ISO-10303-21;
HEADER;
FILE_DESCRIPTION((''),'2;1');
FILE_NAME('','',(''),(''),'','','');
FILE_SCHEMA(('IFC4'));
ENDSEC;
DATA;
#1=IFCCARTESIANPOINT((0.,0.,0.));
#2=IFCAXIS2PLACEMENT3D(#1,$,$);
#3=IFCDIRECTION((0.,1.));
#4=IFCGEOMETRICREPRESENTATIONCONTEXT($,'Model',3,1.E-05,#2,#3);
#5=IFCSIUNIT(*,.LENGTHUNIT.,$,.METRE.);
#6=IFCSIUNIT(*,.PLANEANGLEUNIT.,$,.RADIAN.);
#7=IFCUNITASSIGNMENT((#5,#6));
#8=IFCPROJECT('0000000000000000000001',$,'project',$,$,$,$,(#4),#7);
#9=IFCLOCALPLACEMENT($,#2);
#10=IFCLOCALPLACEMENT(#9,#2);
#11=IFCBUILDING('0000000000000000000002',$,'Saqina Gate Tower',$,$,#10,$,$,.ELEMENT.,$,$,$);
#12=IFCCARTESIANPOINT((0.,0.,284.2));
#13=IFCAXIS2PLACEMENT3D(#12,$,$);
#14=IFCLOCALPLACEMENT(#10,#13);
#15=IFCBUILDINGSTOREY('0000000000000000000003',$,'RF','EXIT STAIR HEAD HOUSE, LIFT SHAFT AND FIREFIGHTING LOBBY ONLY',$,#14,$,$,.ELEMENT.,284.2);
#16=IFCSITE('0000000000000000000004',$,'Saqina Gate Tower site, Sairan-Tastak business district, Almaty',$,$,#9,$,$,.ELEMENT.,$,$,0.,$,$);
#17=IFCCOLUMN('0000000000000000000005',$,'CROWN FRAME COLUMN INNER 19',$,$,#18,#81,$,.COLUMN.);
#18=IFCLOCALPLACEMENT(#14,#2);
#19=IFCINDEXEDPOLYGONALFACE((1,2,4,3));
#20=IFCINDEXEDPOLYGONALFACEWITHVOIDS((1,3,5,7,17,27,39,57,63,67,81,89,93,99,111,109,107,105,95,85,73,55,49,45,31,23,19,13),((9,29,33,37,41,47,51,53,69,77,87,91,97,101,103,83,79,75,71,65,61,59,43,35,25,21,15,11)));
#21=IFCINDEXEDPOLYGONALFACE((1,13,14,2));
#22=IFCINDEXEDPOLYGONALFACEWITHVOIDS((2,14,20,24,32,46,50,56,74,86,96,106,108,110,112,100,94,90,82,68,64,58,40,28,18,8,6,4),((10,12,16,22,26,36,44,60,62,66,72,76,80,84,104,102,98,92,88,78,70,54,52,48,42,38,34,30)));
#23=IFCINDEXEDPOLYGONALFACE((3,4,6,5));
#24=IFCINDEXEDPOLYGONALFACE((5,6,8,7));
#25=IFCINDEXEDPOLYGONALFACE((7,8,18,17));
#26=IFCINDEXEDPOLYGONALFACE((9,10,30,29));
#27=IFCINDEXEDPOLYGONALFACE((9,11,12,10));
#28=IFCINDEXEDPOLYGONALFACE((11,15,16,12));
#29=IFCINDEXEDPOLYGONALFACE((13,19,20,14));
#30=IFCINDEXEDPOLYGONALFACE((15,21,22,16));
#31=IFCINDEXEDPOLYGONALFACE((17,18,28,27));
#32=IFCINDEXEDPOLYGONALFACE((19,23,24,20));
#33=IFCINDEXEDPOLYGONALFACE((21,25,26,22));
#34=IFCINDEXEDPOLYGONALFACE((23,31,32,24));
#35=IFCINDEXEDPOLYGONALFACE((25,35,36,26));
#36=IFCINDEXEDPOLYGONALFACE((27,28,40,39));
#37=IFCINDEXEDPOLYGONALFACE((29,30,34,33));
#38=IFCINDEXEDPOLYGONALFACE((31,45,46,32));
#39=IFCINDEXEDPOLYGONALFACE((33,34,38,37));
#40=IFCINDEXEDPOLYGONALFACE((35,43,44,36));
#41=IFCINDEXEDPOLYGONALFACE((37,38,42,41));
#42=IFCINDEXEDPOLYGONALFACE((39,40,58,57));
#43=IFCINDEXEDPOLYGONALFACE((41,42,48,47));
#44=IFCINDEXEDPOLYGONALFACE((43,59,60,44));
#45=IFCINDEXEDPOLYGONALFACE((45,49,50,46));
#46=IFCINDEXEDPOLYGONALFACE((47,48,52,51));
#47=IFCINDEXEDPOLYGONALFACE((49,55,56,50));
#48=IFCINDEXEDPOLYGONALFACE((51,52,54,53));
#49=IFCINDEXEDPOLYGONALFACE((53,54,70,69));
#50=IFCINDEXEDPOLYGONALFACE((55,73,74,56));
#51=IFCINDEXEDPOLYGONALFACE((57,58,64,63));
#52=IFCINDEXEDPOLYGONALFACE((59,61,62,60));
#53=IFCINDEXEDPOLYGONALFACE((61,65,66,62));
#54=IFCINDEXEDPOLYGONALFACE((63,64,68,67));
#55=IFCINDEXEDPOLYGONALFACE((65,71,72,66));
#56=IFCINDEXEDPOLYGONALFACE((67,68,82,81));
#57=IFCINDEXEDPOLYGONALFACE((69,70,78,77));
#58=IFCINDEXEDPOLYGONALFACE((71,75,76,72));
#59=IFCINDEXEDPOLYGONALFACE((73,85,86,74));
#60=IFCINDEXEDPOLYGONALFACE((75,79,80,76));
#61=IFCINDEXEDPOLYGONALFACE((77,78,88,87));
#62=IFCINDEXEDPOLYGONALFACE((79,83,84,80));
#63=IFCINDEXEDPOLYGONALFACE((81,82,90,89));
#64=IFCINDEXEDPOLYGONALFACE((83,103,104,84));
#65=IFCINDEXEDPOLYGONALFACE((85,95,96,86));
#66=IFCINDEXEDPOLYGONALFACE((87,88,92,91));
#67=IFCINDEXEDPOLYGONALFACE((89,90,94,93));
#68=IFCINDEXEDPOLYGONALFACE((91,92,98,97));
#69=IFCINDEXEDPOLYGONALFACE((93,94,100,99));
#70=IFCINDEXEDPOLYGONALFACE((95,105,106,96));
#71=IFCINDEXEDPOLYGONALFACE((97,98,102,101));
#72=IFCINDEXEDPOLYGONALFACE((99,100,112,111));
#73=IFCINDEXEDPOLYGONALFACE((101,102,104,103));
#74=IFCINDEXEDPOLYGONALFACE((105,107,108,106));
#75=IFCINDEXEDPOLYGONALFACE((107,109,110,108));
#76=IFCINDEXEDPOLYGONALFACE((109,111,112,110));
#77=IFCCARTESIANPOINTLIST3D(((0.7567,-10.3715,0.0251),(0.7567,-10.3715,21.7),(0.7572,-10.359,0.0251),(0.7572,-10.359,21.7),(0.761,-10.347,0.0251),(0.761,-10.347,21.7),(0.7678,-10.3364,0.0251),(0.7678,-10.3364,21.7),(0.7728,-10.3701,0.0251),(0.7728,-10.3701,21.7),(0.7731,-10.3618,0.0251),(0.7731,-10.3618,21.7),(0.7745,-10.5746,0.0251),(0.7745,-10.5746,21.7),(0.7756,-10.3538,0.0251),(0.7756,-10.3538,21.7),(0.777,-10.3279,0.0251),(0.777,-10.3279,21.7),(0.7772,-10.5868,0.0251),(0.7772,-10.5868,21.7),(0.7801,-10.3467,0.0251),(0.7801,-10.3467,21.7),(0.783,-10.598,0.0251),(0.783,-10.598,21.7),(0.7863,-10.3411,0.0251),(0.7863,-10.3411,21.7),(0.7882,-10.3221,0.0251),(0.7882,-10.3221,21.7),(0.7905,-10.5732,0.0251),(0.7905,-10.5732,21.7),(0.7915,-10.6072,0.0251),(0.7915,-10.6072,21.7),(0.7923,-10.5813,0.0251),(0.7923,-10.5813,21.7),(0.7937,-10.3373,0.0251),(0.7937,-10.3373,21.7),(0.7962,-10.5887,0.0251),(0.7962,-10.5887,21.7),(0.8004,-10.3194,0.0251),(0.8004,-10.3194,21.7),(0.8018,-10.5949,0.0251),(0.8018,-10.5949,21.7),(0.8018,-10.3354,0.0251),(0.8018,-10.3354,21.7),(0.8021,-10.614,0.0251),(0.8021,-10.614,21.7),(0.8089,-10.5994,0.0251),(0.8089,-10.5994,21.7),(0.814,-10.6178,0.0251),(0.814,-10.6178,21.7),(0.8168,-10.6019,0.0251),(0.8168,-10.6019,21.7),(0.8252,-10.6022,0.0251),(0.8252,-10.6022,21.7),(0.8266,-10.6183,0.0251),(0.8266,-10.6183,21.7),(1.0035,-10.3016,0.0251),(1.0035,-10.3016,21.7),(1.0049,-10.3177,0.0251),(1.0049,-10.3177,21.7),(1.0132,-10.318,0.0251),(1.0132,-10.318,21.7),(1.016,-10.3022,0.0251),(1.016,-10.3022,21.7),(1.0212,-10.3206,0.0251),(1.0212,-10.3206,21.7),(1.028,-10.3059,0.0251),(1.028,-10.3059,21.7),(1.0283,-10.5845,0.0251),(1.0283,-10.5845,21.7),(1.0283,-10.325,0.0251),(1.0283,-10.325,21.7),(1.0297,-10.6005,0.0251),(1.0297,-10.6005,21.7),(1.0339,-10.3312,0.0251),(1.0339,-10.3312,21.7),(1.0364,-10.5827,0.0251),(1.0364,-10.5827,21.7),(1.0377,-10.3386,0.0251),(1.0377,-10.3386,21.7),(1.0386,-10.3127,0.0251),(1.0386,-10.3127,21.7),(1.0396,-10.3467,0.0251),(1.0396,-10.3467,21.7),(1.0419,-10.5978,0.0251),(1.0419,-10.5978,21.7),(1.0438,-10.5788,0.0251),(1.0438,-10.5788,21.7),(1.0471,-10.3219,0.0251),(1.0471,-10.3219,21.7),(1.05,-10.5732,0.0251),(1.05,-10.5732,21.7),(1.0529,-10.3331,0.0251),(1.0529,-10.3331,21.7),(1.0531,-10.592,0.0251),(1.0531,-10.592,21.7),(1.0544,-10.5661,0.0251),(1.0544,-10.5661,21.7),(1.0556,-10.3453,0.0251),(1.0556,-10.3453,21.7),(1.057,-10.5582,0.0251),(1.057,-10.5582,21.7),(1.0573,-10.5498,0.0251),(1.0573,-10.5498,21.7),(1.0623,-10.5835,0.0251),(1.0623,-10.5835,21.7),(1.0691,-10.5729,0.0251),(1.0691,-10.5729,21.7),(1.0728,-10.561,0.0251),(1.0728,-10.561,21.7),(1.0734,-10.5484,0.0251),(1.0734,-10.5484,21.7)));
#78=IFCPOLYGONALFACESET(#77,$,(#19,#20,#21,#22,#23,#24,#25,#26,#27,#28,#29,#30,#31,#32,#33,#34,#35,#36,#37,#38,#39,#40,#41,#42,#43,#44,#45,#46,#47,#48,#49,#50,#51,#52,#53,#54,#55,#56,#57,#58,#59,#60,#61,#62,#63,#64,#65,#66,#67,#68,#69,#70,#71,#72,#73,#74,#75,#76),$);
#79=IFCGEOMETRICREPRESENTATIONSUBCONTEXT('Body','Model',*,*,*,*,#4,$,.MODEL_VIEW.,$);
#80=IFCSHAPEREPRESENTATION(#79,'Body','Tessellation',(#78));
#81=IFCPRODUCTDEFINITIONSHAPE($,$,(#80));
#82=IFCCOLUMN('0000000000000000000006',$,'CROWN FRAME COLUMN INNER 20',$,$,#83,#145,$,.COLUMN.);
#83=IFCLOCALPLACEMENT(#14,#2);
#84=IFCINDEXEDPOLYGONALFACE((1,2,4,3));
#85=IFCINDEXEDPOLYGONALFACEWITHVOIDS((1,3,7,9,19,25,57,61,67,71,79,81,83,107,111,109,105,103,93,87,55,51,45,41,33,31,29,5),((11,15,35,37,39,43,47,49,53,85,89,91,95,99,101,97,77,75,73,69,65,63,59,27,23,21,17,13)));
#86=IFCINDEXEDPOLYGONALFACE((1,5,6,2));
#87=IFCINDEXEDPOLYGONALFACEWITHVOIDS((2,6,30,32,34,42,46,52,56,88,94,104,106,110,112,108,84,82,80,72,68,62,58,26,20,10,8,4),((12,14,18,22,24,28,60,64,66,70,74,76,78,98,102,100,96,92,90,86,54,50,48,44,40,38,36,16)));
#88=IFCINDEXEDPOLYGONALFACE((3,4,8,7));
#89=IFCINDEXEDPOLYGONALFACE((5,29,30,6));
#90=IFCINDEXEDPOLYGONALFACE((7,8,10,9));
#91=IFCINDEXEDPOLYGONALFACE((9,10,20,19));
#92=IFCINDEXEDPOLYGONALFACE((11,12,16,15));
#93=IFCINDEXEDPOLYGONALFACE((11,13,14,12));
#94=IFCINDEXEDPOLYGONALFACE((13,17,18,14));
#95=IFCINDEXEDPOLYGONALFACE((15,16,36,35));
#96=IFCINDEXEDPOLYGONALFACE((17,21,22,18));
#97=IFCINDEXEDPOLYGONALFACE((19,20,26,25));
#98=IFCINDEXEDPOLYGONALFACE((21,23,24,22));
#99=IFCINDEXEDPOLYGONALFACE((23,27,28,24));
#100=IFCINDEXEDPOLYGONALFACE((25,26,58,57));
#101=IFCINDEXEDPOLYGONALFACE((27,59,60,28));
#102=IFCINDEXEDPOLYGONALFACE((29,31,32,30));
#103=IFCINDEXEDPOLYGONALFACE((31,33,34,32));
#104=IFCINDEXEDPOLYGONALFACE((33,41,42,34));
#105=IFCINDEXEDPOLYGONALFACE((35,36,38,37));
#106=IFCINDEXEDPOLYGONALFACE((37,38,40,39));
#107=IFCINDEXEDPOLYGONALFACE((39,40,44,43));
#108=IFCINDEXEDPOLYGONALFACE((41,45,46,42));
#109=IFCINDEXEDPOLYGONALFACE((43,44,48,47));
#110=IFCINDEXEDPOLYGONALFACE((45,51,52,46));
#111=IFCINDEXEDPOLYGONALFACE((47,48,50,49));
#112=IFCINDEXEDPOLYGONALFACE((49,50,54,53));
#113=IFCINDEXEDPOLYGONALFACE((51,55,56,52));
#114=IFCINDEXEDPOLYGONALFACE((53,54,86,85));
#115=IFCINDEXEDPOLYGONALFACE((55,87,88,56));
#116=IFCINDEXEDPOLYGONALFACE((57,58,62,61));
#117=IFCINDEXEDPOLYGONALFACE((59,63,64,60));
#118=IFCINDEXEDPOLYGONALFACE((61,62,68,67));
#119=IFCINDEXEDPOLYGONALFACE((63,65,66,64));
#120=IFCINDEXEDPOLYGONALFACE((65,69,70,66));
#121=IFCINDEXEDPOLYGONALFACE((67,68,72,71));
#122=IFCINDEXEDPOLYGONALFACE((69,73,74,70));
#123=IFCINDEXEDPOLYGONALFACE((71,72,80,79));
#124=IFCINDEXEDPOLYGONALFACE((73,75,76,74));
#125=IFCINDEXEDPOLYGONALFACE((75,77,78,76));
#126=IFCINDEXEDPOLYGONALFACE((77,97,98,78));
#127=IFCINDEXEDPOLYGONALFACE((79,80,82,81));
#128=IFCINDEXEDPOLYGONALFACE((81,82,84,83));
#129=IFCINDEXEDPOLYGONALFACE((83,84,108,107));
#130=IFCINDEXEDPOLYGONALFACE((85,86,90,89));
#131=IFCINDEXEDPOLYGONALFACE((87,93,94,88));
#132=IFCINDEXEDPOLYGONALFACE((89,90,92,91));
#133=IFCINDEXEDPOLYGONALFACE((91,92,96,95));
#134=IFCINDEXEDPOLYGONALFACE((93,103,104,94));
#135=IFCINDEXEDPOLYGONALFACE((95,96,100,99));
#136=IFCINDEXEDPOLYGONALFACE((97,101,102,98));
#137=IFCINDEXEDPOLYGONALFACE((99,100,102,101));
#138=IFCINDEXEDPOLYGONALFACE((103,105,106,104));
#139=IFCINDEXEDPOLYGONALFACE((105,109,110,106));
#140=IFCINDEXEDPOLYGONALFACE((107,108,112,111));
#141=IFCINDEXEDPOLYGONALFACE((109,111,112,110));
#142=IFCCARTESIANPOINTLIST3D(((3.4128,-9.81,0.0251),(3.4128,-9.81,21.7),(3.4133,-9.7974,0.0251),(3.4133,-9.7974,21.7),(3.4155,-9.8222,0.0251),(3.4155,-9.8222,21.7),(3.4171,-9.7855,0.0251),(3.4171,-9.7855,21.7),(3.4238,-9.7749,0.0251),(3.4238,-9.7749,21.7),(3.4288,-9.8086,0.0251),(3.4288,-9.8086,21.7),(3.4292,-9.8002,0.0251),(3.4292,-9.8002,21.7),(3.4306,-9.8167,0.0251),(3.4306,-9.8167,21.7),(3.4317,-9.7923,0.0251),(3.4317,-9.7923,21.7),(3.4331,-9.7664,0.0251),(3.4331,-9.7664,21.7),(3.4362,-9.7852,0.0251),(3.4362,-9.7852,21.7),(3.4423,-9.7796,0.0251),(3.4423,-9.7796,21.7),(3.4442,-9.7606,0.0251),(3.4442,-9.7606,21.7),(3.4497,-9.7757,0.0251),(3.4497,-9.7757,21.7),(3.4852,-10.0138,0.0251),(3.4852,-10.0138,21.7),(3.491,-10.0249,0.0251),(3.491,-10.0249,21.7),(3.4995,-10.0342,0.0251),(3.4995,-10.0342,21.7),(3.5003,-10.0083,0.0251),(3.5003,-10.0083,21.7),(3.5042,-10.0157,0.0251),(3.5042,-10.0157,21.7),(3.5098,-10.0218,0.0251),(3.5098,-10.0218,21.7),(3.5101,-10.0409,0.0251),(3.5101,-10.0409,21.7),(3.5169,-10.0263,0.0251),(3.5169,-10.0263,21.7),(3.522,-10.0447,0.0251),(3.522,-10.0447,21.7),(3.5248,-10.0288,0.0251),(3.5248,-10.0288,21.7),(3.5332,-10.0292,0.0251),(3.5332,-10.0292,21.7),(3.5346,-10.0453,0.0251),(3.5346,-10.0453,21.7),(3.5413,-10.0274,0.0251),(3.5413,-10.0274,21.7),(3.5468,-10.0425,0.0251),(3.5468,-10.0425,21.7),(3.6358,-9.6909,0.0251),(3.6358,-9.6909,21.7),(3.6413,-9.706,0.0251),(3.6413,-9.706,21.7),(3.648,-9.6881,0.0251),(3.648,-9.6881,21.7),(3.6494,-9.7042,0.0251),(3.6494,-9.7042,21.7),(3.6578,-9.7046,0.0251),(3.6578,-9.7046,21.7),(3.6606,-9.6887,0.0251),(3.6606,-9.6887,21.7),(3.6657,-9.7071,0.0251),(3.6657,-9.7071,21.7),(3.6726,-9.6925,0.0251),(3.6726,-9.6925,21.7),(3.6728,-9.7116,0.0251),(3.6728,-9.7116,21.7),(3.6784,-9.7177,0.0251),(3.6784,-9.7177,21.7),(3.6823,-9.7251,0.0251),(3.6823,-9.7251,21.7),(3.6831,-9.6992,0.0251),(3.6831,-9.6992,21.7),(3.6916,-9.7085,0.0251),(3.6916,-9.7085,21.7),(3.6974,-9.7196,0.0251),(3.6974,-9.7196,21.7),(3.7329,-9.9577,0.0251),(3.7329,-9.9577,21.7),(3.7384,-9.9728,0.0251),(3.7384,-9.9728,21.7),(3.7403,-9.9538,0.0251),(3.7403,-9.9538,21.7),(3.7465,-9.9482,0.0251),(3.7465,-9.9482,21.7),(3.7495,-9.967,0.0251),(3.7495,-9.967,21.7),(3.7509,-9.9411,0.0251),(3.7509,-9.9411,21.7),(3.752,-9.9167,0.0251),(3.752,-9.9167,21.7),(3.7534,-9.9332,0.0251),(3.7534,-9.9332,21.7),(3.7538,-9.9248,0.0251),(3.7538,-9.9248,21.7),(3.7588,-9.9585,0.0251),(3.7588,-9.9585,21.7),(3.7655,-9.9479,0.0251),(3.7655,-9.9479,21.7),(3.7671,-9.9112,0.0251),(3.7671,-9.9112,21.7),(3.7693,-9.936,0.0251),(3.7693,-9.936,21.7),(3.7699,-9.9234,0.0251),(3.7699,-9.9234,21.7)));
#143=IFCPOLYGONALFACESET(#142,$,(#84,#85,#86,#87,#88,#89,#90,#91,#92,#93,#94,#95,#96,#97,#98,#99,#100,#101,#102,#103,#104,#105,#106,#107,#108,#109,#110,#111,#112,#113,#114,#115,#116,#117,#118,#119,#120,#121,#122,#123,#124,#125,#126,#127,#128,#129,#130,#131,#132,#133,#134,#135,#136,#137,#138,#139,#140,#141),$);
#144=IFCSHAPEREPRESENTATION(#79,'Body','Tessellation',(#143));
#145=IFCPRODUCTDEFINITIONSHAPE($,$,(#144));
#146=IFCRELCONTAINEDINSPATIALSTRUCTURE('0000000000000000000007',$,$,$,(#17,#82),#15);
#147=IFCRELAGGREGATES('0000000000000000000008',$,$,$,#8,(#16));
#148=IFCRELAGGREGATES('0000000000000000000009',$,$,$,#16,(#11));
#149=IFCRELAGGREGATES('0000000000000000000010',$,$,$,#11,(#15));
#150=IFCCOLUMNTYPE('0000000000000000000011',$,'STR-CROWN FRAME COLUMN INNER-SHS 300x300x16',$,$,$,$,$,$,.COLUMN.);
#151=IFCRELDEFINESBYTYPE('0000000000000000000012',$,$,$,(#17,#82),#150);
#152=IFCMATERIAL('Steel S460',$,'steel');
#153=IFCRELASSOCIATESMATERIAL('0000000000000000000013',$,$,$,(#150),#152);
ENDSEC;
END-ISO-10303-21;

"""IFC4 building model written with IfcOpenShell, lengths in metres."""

from ifc_helpers import new_model, si_unit, direction, frame, origin, origin_2d, place, context, subcontext, project, spatial, hollow_rectangle, extrude, material, material_profile, profile_set, type_object, element, save


model = new_model("IFC4")

# Units and contexts
model_context = context("Model", 3, precision=1e-05, world=origin(), true_north=direction((0.0, 1.0)))
body_context = subcontext(model_context, "Body", "Model", "MODEL_VIEW")
ifc_project = project(units=[si_unit("LENGTHUNIT", "METRE"), si_unit("PLANEANGLEUNIT", "RADIAN")], contexts=[model_context])

# Site, building, storey
site_placement = place(None, origin())
site = spatial("IfcSite", under=ifc_project, at=site_placement, Name="Saqina Gate Tower site, Sairan-Tastak business district, Almaty", CompositionType="ELEMENT", RefElevation=0.0)
building_placement = place(site_placement, origin())
building = spatial("IfcBuilding", under=site, at=building_placement, Name="Saqina Gate Tower", CompositionType="ELEMENT")
storey_placement = place(building_placement, frame((0.0, 0.0, 284.2)))
storey = spatial("IfcBuildingStorey", under=building, at=storey_placement, Name="RF", Description="EXIT STAIR HEAD HOUSE, LIFT SHAFT AND FIREFIGHTING LOBBY ONLY", CompositionType="ELEMENT", Elevation=284.2)

# Columns
ifc_material_1 = material(Name="Steel S460", Category="steel")
ifc_material_profile_1 = material_profile(ifc_material_1, hollow_rectangle(XDim=0.3, YDim=0.3, WallThickness=0.0161, InnerFilletRadius=0.032, OuterFilletRadius=0.0481, at=origin_2d()), Name="SHS 300x300x16")
ifc_profile_set_1 = profile_set([ifc_material_profile_1], Name="Steel S460")
column_type_1 = type_object("IfcColumnType", Name="STR-CROWN FRAME COLUMN INNER-SHS 300x300x16", PredefinedType="COLUMN", material=ifc_profile_set_1)
for number, where, z_axis, x_axis, name in (
    (1, (0.915, -10.46, 0.0251), (0.0, 0.0, 1.0), (0.087156, -0.996195, 0.0), "CROWN FRAME COLUMN INNER 19"),
    (2, (3.5913, -9.8667, 0.0251), (0.0, 0.0, 1.0), (0.34202, -0.939693, 0.0), "CROWN FRAME COLUMN INNER 20"),
):
    element("IfcColumn", number, at=place(storey_placement, frame(where, z_axis=z_axis, x_axis=x_axis)), inside=storey, type_object=column_type_1, Name=name, PredefinedType="COLUMN", context=body_context, shape_type="SweptSolid", body=[
        extrude(hollow_rectangle(XDim=0.3, YDim=0.3, WallThickness=0.0161, InnerFilletRadius=0.032, OuterFilletRadius=0.0481, at=origin_2d()), origin(), (0.0, 0.0, 1.0), 21.6748),
    ])

save(model, "model.ifc")
